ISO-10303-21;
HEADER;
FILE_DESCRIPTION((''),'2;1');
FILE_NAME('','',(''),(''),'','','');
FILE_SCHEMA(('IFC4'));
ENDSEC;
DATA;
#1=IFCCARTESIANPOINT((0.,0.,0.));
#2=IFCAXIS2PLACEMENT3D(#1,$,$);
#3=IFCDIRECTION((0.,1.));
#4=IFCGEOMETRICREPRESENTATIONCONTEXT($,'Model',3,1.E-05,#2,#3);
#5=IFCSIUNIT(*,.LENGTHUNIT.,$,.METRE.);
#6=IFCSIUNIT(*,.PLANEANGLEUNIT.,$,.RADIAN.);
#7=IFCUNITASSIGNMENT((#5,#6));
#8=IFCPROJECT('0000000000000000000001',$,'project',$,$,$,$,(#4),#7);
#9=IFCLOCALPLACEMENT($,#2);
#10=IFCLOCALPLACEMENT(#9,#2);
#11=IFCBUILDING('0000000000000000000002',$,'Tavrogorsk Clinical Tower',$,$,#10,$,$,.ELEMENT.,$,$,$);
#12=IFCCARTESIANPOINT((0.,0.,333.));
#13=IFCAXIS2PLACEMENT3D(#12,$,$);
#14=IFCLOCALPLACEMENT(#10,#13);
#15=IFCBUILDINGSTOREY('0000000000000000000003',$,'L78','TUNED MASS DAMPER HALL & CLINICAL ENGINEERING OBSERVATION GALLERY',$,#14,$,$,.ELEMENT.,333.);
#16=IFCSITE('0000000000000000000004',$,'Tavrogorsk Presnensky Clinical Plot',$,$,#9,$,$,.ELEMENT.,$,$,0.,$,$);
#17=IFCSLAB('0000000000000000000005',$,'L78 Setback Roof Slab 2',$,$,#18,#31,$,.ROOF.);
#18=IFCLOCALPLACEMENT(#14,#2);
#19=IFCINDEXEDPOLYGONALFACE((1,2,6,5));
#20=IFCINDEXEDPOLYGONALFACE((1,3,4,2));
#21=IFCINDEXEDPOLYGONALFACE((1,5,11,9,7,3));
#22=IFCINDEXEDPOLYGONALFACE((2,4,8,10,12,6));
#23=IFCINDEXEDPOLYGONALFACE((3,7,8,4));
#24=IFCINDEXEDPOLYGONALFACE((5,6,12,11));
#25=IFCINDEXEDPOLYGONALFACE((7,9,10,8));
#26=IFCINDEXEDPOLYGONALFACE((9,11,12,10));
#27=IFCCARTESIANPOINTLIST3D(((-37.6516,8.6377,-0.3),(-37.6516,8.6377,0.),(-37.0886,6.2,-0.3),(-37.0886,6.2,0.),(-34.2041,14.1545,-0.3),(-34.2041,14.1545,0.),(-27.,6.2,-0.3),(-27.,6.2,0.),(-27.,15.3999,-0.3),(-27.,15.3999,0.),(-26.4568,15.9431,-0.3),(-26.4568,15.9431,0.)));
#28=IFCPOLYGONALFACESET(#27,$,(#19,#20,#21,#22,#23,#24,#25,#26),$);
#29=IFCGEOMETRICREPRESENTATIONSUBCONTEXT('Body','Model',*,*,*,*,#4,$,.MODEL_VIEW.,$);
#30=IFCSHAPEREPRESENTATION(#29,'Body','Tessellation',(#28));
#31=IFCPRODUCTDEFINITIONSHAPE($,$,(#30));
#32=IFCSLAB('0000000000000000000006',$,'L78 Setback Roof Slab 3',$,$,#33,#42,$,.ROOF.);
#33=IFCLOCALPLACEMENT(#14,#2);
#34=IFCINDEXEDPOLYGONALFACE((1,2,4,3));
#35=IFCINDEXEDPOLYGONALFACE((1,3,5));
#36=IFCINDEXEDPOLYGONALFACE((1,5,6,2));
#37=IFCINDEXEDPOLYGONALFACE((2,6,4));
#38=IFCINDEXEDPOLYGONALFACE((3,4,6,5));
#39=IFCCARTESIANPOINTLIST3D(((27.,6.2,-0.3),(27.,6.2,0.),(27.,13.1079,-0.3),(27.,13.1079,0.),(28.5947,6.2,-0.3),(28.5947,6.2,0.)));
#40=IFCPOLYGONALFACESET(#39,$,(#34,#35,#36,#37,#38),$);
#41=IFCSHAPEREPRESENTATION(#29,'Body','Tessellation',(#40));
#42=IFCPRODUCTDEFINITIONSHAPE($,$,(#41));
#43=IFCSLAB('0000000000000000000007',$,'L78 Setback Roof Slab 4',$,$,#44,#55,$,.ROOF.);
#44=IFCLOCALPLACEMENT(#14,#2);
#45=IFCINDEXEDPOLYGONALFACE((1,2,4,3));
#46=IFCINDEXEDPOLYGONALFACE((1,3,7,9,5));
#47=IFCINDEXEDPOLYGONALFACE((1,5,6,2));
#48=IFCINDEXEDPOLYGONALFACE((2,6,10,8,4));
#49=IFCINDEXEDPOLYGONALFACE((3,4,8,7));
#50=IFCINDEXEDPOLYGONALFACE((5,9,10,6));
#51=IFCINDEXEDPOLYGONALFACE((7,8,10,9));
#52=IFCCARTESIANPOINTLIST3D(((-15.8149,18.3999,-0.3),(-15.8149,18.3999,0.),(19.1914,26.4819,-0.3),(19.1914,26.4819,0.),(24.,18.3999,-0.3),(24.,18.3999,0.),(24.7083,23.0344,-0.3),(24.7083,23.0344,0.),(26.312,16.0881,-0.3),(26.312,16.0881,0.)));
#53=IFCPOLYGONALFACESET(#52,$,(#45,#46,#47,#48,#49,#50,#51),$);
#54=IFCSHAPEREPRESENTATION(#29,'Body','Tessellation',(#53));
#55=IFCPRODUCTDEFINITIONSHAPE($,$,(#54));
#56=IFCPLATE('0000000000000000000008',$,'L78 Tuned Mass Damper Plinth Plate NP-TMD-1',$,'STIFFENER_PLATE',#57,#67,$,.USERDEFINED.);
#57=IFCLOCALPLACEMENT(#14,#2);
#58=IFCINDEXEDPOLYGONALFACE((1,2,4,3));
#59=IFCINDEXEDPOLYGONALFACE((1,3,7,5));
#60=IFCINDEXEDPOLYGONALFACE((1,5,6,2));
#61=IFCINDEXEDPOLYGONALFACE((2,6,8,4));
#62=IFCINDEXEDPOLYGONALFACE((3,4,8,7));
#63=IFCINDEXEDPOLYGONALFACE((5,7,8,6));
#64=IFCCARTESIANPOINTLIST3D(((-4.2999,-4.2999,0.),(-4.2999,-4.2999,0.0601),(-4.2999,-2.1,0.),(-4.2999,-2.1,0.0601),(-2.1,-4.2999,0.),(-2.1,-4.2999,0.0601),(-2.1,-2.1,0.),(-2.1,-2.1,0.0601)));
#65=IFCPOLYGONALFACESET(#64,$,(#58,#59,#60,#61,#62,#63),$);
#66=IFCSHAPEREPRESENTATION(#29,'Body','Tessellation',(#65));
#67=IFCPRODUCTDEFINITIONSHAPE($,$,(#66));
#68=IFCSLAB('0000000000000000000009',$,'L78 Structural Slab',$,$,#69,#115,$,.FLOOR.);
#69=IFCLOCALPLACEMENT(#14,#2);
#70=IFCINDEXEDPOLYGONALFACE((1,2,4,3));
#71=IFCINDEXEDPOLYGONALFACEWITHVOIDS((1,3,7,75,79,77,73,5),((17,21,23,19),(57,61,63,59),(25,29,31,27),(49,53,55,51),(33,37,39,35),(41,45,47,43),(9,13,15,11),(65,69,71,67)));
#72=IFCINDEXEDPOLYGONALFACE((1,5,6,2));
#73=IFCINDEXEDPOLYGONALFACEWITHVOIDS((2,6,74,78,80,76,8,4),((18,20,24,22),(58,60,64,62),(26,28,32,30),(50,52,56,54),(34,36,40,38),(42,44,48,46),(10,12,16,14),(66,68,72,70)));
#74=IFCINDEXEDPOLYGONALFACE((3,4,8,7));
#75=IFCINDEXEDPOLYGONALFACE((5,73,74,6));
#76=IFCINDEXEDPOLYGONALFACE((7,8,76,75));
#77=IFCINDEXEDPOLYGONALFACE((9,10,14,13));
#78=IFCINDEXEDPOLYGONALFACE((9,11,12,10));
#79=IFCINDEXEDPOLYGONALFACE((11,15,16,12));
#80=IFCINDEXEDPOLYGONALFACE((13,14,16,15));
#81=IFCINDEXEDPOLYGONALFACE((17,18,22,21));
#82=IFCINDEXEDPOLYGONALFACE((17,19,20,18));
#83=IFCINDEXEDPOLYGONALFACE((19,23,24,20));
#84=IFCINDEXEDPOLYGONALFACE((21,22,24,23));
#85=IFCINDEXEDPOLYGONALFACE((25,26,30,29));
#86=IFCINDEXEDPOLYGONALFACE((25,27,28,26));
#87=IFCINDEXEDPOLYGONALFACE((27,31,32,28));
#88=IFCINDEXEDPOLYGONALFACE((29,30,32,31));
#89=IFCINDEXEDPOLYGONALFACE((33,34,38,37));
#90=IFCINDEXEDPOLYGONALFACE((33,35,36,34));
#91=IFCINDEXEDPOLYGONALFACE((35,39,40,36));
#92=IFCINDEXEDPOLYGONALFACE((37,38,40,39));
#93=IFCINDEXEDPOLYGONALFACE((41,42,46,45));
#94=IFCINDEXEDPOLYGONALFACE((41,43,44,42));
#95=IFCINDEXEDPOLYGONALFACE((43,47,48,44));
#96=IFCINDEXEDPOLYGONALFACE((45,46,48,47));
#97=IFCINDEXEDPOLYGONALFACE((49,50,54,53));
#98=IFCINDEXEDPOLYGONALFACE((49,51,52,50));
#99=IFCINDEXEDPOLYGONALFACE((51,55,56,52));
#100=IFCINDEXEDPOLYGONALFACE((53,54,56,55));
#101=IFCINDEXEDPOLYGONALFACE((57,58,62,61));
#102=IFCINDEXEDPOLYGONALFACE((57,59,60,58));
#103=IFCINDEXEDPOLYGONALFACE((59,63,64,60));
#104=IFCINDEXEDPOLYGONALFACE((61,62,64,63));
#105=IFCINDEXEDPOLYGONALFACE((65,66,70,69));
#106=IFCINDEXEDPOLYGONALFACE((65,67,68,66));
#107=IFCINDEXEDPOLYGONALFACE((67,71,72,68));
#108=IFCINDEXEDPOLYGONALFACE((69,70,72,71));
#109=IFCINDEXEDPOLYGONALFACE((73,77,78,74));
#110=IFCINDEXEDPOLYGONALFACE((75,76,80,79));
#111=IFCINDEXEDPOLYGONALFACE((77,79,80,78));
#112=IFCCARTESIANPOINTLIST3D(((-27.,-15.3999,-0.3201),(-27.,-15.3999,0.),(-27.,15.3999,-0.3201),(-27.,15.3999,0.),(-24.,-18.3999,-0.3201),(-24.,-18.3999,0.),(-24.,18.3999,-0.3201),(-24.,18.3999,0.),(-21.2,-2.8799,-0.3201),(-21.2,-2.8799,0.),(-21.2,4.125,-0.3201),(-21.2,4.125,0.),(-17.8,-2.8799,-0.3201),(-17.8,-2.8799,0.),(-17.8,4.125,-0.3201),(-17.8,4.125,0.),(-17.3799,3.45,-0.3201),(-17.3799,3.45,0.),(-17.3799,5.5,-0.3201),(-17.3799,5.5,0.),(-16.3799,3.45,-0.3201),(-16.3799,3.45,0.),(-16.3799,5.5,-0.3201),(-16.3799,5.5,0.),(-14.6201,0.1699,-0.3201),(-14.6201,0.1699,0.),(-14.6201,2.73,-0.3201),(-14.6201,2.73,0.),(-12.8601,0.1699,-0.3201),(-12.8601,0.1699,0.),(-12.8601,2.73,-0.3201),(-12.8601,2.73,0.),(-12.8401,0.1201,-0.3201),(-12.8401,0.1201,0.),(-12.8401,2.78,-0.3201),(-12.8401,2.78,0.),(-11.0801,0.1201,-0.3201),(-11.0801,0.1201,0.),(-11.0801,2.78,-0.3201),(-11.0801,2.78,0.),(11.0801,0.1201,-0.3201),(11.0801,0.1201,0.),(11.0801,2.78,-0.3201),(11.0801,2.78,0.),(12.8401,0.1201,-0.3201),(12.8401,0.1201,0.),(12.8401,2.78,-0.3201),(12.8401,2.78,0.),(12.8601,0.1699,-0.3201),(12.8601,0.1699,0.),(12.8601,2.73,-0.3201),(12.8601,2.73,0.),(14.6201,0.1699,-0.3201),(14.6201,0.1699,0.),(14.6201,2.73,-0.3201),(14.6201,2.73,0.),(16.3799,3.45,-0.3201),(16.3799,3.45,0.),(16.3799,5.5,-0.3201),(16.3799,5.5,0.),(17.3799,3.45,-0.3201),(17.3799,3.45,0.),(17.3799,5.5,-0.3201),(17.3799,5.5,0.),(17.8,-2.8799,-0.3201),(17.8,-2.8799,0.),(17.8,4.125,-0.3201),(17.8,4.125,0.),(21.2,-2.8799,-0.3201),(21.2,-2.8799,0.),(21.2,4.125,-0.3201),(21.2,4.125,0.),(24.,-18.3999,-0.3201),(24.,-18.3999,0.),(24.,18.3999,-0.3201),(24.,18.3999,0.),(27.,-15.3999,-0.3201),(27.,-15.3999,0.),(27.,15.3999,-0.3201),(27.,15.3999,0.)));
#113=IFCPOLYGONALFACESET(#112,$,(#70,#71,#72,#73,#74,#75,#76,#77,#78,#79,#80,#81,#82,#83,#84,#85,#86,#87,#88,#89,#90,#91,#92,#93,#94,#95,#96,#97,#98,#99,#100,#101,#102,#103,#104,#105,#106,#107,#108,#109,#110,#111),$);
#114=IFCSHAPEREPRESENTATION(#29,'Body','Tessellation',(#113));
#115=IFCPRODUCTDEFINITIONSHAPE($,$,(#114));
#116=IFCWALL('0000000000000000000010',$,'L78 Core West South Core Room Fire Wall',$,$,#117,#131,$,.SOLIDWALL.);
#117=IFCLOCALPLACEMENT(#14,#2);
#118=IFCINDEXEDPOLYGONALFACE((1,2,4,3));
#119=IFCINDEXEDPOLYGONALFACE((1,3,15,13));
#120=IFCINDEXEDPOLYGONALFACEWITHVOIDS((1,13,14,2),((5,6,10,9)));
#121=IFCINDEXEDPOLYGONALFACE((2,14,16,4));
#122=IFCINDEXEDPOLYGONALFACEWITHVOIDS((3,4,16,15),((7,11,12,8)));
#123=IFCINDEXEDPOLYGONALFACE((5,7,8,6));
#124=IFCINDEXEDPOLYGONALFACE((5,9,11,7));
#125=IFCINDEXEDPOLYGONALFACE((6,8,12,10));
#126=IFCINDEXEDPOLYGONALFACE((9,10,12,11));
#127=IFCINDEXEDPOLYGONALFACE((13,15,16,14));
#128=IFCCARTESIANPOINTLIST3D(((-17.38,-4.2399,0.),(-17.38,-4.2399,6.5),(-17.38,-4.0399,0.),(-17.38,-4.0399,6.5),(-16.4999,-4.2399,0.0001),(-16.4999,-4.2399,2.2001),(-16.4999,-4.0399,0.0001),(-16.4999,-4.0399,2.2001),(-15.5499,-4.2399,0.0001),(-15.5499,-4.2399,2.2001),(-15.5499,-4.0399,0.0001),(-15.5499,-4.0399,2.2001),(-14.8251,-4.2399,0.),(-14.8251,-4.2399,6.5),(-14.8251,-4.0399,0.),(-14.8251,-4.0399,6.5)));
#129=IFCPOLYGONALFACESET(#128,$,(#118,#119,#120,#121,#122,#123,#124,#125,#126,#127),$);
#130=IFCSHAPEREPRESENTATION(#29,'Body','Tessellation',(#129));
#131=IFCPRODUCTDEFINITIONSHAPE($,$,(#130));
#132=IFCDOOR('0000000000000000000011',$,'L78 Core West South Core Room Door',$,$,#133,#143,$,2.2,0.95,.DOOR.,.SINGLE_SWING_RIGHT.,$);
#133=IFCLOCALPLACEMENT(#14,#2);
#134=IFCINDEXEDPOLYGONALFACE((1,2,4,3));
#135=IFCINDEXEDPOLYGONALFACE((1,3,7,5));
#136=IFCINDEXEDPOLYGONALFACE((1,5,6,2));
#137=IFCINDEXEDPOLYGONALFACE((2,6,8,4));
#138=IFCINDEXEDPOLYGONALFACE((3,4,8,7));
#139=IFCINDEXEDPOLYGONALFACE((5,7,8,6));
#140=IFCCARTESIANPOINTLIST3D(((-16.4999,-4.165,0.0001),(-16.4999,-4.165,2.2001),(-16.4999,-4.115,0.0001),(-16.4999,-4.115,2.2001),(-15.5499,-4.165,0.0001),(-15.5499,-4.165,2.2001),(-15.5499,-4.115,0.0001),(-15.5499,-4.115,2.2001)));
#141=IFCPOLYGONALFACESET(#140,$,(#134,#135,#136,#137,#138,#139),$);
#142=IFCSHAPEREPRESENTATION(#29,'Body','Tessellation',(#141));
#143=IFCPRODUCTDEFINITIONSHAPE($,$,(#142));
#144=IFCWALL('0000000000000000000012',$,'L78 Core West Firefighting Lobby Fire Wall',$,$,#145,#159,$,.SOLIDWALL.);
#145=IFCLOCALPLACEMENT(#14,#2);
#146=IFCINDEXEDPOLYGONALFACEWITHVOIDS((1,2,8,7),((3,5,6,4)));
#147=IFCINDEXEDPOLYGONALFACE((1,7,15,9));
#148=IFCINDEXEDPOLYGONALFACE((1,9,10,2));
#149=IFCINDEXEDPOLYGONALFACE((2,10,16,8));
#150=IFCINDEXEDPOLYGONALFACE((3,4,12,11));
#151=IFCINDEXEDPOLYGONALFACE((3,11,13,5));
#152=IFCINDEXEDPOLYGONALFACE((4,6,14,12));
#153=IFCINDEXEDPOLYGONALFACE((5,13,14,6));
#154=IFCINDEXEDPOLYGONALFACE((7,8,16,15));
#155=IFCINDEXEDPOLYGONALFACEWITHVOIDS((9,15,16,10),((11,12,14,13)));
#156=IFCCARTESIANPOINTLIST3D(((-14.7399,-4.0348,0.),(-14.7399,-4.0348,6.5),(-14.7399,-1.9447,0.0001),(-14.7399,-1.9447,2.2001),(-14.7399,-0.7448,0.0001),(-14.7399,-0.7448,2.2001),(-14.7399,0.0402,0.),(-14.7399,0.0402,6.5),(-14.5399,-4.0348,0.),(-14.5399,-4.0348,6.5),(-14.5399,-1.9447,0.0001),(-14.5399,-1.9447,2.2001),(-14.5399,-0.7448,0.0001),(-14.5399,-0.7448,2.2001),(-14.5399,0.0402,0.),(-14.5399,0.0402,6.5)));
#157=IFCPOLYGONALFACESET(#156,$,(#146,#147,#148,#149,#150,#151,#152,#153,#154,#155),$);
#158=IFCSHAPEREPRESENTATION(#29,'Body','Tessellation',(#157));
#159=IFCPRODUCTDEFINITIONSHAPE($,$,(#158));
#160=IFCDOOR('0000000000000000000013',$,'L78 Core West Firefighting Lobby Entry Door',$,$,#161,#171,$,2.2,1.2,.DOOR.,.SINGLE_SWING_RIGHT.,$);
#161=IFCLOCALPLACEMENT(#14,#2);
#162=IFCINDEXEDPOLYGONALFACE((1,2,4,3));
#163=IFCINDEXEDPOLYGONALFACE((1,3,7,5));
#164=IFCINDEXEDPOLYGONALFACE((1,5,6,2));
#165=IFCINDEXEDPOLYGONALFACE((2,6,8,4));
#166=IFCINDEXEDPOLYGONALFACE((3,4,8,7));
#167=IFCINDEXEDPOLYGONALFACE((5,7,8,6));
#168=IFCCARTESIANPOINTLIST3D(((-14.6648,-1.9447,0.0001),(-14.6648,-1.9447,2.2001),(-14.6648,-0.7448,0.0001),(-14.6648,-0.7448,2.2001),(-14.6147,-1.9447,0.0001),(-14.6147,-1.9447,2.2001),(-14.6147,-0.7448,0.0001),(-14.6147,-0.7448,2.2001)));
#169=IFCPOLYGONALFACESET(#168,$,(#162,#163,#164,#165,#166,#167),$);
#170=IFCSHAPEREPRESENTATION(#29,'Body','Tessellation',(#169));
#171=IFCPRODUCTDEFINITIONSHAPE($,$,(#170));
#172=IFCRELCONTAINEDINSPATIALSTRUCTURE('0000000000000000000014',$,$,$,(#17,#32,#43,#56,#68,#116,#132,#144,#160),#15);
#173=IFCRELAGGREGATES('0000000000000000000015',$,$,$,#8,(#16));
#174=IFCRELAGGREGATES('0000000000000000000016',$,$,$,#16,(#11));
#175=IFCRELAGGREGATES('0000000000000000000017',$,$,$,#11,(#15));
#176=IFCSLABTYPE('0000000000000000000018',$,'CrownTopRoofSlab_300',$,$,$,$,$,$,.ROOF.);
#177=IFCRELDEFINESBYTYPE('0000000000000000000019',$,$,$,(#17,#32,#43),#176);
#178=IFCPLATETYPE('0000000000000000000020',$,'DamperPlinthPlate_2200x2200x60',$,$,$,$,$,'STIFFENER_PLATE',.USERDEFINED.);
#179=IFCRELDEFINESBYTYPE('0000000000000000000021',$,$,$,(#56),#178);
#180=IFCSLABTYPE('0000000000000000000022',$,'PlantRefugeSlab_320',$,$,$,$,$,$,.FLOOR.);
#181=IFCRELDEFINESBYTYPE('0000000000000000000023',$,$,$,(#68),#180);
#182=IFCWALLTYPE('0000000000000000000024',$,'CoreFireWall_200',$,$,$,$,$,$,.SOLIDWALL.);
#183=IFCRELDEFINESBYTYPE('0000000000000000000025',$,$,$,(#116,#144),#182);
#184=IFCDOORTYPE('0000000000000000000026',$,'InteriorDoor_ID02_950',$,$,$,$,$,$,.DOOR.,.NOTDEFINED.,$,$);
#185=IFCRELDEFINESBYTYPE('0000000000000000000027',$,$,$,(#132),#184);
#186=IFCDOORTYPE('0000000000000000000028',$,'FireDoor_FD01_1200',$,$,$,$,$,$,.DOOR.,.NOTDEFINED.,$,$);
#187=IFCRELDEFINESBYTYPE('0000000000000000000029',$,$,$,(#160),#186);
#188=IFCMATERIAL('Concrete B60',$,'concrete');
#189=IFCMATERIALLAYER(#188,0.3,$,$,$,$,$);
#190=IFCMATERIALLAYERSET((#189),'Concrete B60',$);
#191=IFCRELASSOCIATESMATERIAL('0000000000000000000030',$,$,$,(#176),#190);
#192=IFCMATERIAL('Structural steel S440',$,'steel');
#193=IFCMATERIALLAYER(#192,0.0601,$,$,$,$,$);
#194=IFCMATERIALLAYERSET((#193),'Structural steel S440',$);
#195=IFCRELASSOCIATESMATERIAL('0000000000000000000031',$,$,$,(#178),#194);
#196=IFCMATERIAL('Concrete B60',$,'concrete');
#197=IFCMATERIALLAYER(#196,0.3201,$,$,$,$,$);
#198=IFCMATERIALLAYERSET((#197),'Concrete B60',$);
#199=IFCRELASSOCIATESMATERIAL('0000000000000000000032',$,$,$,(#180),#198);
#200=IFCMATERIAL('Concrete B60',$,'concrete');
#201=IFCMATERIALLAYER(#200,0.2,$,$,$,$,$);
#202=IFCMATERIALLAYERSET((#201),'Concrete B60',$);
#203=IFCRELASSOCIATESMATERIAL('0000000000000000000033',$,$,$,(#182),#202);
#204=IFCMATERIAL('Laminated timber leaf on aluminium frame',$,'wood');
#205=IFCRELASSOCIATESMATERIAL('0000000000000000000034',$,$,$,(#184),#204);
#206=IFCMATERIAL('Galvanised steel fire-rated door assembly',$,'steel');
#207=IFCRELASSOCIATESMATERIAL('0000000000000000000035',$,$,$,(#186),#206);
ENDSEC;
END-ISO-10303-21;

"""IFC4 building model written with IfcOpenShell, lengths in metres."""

from ifc_helpers import new_model, si_unit, direction, frame, frame_2d, origin, origin_2d, place, context, subcontext, project, spatial, polyline, rectangle, outline, extrude, material, layer, layer_set, type_object, element, fill, save


model = new_model("IFC4")

# Units and contexts
model_context = context("Model", 3, precision=1e-05, world=origin(), true_north=direction((0.0, 1.0)))
body_context = subcontext(model_context, "Body", "Model", "MODEL_VIEW")
ifc_project = project(units=[si_unit("LENGTHUNIT", "METRE"), si_unit("PLANEANGLEUNIT", "RADIAN")], contexts=[model_context])

# Site, building, storey
site_placement = place(None, origin())
site = spatial("IfcSite", under=ifc_project, at=site_placement, Name="Tavrogorsk Presnensky Clinical Plot", CompositionType="ELEMENT", RefElevation=0.0)
building_placement = place(site_placement, origin())
building = spatial("IfcBuilding", under=site, at=building_placement, Name="Tavrogorsk Clinical Tower", CompositionType="ELEMENT")
storey_placement = place(building_placement, frame((0.0, 0.0, 333.0)))
storey = spatial("IfcBuildingStorey", under=building, at=storey_placement, Name="L78", Description="TUNED MASS DAMPER HALL & CLINICAL ENGINEERING OBSERVATION GALLERY", CompositionType="ELEMENT", Elevation=333.0)

# Slabs
ifc_material_1 = material(Name="Concrete B60", Category="concrete")
ifc_layer_1 = layer(ifc_material_1, 0.3)
ifc_layer_set_1 = layer_set([ifc_layer_1], Name="Concrete B60")
slab_type_1 = type_object("IfcSlabType", Name="CrownTopRoofSlab_300", PredefinedType="ROOF", material=ifc_layer_set_1)
slab_1_placement = place(storey_placement, frame((0.0, 0.0, -0.3)))
element("IfcSlab", 1, at=slab_1_placement, inside=storey, type_object=slab_type_1, Name="L78 Setback Roof Slab 2", PredefinedType="ROOF", context=body_context, shape_type="SweptSolid", body=[
    extrude(outline(polyline([(-37.6516, 8.6377), (-34.2041, 14.1545), (-26.4568, 15.9431), (-27.0, 15.3999), (-27.0, 6.2), (-37.0886, 6.2), (-37.6516, 8.6377)])), origin(), (0.0, 0.0, 1.0), 0.3),
])
slab_2_placement = place(storey_placement, frame((0.0, 0.0, -0.3)))
element("IfcSlab", 2, at=slab_2_placement, inside=storey, type_object=slab_type_1, Name="L78 Setback Roof Slab 3", PredefinedType="ROOF", context=body_context, shape_type="SweptSolid", body=[
    extrude(outline(polyline([(27.0, 13.1079), (28.5947, 6.2), (27.0, 6.2), (27.0, 13.1079)])), origin(), (0.0, 0.0, 1.0), 0.3),
])
slab_3_placement = place(storey_placement, frame((0.0, 0.0, -0.3)))
element("IfcSlab", 3, at=slab_3_placement, inside=storey, type_object=slab_type_1, Name="L78 Setback Roof Slab 4", PredefinedType="ROOF", context=body_context, shape_type="SweptSolid", body=[
    extrude(outline(polyline([(24.7083, 23.0344), (26.312, 16.0881), (24.0, 18.3999), (-15.8149, 18.3999), (19.1914, 26.4819), (24.7083, 23.0344)])), origin(), (0.0, 0.0, 1.0), 0.3),
])

# Plate
ifc_material_2 = material(Name="Structural steel S440", Category="steel")
ifc_layer_2 = layer(ifc_material_2, 0.0601)
ifc_layer_set_2 = layer_set([ifc_layer_2], Name="Structural steel S440")
plate_type = type_object("IfcPlateType", Name="DamperPlinthPlate_2200x2200x60", ElementType="STIFFENER_PLATE", PredefinedType="USERDEFINED", material=ifc_layer_set_2)
plate_placement = place(storey_placement, frame((-3.2, -3.2, 0.0), z_axis=(0.0, 0.0, 1.0), x_axis=(1.0, 0.0, 0.0)))
element("IfcPlate", 4, at=plate_placement, inside=storey, type_object=plate_type, Name="L78 Tuned Mass Damper Plinth Plate NP-TMD-1", ObjectType="STIFFENER_PLATE", PredefinedType="USERDEFINED", context=body_context, shape_type="SweptSolid", body=[
    extrude(rectangle(XDim=2.2, YDim=2.2, at=origin_2d()), origin(), (0.0, 0.0, 1.0), 0.0601),
])

# Slab
ifc_material_3 = material(Name="Concrete B60", Category="concrete")
ifc_layer_3 = layer(ifc_material_3, 0.3201)
ifc_layer_set_3 = layer_set([ifc_layer_3], Name="Concrete B60")
slab_type_2 = type_object("IfcSlabType", Name="PlantRefugeSlab_320", PredefinedType="FLOOR", material=ifc_layer_set_3)
slab_4_placement = place(storey_placement, frame((0.0, 0.0, -0.3201)))
element("IfcSlab", 5, at=slab_4_placement, inside=storey, type_object=slab_type_2, Name="L78 Structural Slab", PredefinedType="FLOOR", context=body_context, shape_type="SweptSolid", body=[
    extrude(outline(polyline([(-24.0, -18.3999), (24.0, -18.3999), (27.0, -15.3999), (27.0, 15.3999), (24.0, 18.3999), (-24.0, 18.3999), (-27.0, 15.3999), (-27.0, -15.3999), (-24.0, -18.3999)]), holes=[polyline([(-17.8, -2.8799), (-17.8, 4.125), (-21.2, 4.125), (-21.2, -2.8799), (-17.8, -2.8799)]), polyline([(21.2, -2.8799), (21.2, 4.125), (17.8, 4.125), (17.8, -2.8799), (21.2, -2.8799)]), polyline([(-14.6201, 0.1699), (-12.8601, 0.1699), (-12.8601, 2.73), (-14.6201, 2.73), (-14.6201, 0.1699)]), polyline([(-12.8401, 0.1201), (-11.0801, 0.1201), (-11.0801, 2.78), (-12.8401, 2.78), (-12.8401, 0.1201)]), polyline([(12.8601, 0.1699), (14.6201, 0.1699), (14.6201, 2.73), (12.8601, 2.73), (12.8601, 0.1699)]), polyline([(11.0801, 0.1201), (12.8401, 0.1201), (12.8401, 2.78), (11.0801, 2.78), (11.0801, 0.1201)]), polyline([(-17.3799, 3.45), (-16.3799, 3.45), (-16.3799, 5.5), (-17.3799, 5.5), (-17.3799, 3.45)]), polyline([(16.3799, 3.45), (17.3799, 3.45), (17.3799, 5.5), (16.3799, 5.5), (16.3799, 3.45)])]), origin(), (0.0, 0.0, 1.0), 0.3201),
])

# Walls, openings, doors
ifc_material_4 = material(Name="Concrete B60", Category="concrete")
ifc_layer_4 = layer(ifc_material_4, 0.2)
ifc_layer_set_4 = layer_set([ifc_layer_4], Name="Concrete B60")
wall_type_1 = type_object("IfcWallType", Name="CoreFireWall_200", PredefinedType="SOLIDWALL", material=ifc_layer_set_4)
wall_1_placement = place(storey_placement, frame((-17.3799, -4.1399, 0.0), z_axis=(0.0, 0.0, 1.0), x_axis=(1.0, 0.0, 0.0)))
wall_1 = element("IfcWall", 6, at=wall_1_placement, inside=storey, type_object=wall_type_1, Name="L78 Core West South Core Room Fire Wall", PredefinedType="SOLIDWALL", context=body_context, shape_type="SweptSolid", body=[
    extrude(rectangle(XDim=2.5549, YDim=0.2, at=frame_2d((1.2773, 0.0))), origin(), (0.0, 0.0, 1.0), 6.5),
])
opening_1_placement = place(wall_1_placement, frame((0.8799, 0.0, 0.0)))
opening_1 = element("IfcOpeningElement", 7, at=opening_1_placement, cuts=wall_1, PredefinedType="OPENING", context=body_context, shape_type="SweptSolid", body=[
    extrude(rectangle(XDim=0.95, YDim=2.2, at=frame_2d((0.4751, 1.1001))), frame((0.0, 0.1099, 0.0), z_axis=(0.0, -1.0, 0.0), x_axis=(1.0, 0.0, 0.0)), (0.0, 0.0, 1.0), 0.22),
])
ifc_material_5 = material(Name="Laminated timber leaf on aluminium frame", Category="wood")
door_type_1 = type_object("IfcDoorType", Name="InteriorDoor_ID02_950", OperationType="NOTDEFINED", PredefinedType="DOOR", material=ifc_material_5)
door_1_placement = place(opening_1_placement, origin())
door_1 = element("IfcDoor", 8, at=door_1_placement, inside=storey, type_object=door_type_1, Name="L78 Core West South Core Room Door", OperationType="SINGLE_SWING_RIGHT", OverallHeight=2.2, OverallWidth=0.95, PredefinedType="DOOR", context=body_context, shape_type="SweptSolid", body=[
    extrude(rectangle(XDim=0.95, YDim=2.2, at=frame_2d((0.4751, 1.1001))), frame((0.0, 0.0249, 0.0), z_axis=(0.0, -1.0, 0.0), x_axis=(1.0, 0.0, 0.0)), (0.0, 0.0, 1.0), 0.05),
])
fill(opening_1, door_1)
wall_2_placement = place(storey_placement, frame((-14.6399, -4.0349, 0.0), z_axis=(0.0, 0.0, 1.0), x_axis=(0.0, 1.0, 0.0)))
wall_2 = element("IfcWall", 9, at=wall_2_placement, inside=storey, type_object=wall_type_1, Name="L78 Core West Firefighting Lobby Fire Wall", PredefinedType="SOLIDWALL", context=body_context, shape_type="SweptSolid", body=[
    extrude(rectangle(XDim=4.075, YDim=0.2, at=frame_2d((2.0376, 0.0))), origin(), (0.0, 0.0, 1.0), 6.5),
])
opening_2_placement = place(wall_2_placement, frame((2.0901, 0.0, 0.0)))
opening_2 = element("IfcOpeningElement", 10, at=opening_2_placement, cuts=wall_2, PredefinedType="OPENING", context=body_context, shape_type="SweptSolid", body=[
    extrude(rectangle(XDim=1.2, YDim=2.2, at=frame_2d((0.6001, 1.1001))), frame((0.0, 0.1099, 0.0), z_axis=(0.0, -1.0, 0.0), x_axis=(1.0, 0.0, 0.0)), (0.0, 0.0, 1.0), 0.22),
])
ifc_material_6 = material(Name="Galvanised steel fire-rated door assembly", Category="steel")
door_type_2 = type_object("IfcDoorType", Name="FireDoor_FD01_1200", OperationType="NOTDEFINED", PredefinedType="DOOR", material=ifc_material_6)
door_2_placement = place(opening_2_placement, origin())
door_2 = element("IfcDoor", 11, at=door_2_placement, inside=storey, type_object=door_type_2, Name="L78 Core West Firefighting Lobby Entry Door", OperationType="SINGLE_SWING_RIGHT", OverallHeight=2.2, OverallWidth=1.2, PredefinedType="DOOR", context=body_context, shape_type="SweptSolid", body=[
    extrude(rectangle(XDim=1.2, YDim=2.2, at=frame_2d((0.6001, 1.1001))), frame((0.0, 0.0249, 0.0), z_axis=(0.0, -1.0, 0.0), x_axis=(1.0, 0.0, 0.0)), (0.0, 0.0, 1.0), 0.05),
])
fill(opening_2, door_2)

save(model, "model.ifc")
